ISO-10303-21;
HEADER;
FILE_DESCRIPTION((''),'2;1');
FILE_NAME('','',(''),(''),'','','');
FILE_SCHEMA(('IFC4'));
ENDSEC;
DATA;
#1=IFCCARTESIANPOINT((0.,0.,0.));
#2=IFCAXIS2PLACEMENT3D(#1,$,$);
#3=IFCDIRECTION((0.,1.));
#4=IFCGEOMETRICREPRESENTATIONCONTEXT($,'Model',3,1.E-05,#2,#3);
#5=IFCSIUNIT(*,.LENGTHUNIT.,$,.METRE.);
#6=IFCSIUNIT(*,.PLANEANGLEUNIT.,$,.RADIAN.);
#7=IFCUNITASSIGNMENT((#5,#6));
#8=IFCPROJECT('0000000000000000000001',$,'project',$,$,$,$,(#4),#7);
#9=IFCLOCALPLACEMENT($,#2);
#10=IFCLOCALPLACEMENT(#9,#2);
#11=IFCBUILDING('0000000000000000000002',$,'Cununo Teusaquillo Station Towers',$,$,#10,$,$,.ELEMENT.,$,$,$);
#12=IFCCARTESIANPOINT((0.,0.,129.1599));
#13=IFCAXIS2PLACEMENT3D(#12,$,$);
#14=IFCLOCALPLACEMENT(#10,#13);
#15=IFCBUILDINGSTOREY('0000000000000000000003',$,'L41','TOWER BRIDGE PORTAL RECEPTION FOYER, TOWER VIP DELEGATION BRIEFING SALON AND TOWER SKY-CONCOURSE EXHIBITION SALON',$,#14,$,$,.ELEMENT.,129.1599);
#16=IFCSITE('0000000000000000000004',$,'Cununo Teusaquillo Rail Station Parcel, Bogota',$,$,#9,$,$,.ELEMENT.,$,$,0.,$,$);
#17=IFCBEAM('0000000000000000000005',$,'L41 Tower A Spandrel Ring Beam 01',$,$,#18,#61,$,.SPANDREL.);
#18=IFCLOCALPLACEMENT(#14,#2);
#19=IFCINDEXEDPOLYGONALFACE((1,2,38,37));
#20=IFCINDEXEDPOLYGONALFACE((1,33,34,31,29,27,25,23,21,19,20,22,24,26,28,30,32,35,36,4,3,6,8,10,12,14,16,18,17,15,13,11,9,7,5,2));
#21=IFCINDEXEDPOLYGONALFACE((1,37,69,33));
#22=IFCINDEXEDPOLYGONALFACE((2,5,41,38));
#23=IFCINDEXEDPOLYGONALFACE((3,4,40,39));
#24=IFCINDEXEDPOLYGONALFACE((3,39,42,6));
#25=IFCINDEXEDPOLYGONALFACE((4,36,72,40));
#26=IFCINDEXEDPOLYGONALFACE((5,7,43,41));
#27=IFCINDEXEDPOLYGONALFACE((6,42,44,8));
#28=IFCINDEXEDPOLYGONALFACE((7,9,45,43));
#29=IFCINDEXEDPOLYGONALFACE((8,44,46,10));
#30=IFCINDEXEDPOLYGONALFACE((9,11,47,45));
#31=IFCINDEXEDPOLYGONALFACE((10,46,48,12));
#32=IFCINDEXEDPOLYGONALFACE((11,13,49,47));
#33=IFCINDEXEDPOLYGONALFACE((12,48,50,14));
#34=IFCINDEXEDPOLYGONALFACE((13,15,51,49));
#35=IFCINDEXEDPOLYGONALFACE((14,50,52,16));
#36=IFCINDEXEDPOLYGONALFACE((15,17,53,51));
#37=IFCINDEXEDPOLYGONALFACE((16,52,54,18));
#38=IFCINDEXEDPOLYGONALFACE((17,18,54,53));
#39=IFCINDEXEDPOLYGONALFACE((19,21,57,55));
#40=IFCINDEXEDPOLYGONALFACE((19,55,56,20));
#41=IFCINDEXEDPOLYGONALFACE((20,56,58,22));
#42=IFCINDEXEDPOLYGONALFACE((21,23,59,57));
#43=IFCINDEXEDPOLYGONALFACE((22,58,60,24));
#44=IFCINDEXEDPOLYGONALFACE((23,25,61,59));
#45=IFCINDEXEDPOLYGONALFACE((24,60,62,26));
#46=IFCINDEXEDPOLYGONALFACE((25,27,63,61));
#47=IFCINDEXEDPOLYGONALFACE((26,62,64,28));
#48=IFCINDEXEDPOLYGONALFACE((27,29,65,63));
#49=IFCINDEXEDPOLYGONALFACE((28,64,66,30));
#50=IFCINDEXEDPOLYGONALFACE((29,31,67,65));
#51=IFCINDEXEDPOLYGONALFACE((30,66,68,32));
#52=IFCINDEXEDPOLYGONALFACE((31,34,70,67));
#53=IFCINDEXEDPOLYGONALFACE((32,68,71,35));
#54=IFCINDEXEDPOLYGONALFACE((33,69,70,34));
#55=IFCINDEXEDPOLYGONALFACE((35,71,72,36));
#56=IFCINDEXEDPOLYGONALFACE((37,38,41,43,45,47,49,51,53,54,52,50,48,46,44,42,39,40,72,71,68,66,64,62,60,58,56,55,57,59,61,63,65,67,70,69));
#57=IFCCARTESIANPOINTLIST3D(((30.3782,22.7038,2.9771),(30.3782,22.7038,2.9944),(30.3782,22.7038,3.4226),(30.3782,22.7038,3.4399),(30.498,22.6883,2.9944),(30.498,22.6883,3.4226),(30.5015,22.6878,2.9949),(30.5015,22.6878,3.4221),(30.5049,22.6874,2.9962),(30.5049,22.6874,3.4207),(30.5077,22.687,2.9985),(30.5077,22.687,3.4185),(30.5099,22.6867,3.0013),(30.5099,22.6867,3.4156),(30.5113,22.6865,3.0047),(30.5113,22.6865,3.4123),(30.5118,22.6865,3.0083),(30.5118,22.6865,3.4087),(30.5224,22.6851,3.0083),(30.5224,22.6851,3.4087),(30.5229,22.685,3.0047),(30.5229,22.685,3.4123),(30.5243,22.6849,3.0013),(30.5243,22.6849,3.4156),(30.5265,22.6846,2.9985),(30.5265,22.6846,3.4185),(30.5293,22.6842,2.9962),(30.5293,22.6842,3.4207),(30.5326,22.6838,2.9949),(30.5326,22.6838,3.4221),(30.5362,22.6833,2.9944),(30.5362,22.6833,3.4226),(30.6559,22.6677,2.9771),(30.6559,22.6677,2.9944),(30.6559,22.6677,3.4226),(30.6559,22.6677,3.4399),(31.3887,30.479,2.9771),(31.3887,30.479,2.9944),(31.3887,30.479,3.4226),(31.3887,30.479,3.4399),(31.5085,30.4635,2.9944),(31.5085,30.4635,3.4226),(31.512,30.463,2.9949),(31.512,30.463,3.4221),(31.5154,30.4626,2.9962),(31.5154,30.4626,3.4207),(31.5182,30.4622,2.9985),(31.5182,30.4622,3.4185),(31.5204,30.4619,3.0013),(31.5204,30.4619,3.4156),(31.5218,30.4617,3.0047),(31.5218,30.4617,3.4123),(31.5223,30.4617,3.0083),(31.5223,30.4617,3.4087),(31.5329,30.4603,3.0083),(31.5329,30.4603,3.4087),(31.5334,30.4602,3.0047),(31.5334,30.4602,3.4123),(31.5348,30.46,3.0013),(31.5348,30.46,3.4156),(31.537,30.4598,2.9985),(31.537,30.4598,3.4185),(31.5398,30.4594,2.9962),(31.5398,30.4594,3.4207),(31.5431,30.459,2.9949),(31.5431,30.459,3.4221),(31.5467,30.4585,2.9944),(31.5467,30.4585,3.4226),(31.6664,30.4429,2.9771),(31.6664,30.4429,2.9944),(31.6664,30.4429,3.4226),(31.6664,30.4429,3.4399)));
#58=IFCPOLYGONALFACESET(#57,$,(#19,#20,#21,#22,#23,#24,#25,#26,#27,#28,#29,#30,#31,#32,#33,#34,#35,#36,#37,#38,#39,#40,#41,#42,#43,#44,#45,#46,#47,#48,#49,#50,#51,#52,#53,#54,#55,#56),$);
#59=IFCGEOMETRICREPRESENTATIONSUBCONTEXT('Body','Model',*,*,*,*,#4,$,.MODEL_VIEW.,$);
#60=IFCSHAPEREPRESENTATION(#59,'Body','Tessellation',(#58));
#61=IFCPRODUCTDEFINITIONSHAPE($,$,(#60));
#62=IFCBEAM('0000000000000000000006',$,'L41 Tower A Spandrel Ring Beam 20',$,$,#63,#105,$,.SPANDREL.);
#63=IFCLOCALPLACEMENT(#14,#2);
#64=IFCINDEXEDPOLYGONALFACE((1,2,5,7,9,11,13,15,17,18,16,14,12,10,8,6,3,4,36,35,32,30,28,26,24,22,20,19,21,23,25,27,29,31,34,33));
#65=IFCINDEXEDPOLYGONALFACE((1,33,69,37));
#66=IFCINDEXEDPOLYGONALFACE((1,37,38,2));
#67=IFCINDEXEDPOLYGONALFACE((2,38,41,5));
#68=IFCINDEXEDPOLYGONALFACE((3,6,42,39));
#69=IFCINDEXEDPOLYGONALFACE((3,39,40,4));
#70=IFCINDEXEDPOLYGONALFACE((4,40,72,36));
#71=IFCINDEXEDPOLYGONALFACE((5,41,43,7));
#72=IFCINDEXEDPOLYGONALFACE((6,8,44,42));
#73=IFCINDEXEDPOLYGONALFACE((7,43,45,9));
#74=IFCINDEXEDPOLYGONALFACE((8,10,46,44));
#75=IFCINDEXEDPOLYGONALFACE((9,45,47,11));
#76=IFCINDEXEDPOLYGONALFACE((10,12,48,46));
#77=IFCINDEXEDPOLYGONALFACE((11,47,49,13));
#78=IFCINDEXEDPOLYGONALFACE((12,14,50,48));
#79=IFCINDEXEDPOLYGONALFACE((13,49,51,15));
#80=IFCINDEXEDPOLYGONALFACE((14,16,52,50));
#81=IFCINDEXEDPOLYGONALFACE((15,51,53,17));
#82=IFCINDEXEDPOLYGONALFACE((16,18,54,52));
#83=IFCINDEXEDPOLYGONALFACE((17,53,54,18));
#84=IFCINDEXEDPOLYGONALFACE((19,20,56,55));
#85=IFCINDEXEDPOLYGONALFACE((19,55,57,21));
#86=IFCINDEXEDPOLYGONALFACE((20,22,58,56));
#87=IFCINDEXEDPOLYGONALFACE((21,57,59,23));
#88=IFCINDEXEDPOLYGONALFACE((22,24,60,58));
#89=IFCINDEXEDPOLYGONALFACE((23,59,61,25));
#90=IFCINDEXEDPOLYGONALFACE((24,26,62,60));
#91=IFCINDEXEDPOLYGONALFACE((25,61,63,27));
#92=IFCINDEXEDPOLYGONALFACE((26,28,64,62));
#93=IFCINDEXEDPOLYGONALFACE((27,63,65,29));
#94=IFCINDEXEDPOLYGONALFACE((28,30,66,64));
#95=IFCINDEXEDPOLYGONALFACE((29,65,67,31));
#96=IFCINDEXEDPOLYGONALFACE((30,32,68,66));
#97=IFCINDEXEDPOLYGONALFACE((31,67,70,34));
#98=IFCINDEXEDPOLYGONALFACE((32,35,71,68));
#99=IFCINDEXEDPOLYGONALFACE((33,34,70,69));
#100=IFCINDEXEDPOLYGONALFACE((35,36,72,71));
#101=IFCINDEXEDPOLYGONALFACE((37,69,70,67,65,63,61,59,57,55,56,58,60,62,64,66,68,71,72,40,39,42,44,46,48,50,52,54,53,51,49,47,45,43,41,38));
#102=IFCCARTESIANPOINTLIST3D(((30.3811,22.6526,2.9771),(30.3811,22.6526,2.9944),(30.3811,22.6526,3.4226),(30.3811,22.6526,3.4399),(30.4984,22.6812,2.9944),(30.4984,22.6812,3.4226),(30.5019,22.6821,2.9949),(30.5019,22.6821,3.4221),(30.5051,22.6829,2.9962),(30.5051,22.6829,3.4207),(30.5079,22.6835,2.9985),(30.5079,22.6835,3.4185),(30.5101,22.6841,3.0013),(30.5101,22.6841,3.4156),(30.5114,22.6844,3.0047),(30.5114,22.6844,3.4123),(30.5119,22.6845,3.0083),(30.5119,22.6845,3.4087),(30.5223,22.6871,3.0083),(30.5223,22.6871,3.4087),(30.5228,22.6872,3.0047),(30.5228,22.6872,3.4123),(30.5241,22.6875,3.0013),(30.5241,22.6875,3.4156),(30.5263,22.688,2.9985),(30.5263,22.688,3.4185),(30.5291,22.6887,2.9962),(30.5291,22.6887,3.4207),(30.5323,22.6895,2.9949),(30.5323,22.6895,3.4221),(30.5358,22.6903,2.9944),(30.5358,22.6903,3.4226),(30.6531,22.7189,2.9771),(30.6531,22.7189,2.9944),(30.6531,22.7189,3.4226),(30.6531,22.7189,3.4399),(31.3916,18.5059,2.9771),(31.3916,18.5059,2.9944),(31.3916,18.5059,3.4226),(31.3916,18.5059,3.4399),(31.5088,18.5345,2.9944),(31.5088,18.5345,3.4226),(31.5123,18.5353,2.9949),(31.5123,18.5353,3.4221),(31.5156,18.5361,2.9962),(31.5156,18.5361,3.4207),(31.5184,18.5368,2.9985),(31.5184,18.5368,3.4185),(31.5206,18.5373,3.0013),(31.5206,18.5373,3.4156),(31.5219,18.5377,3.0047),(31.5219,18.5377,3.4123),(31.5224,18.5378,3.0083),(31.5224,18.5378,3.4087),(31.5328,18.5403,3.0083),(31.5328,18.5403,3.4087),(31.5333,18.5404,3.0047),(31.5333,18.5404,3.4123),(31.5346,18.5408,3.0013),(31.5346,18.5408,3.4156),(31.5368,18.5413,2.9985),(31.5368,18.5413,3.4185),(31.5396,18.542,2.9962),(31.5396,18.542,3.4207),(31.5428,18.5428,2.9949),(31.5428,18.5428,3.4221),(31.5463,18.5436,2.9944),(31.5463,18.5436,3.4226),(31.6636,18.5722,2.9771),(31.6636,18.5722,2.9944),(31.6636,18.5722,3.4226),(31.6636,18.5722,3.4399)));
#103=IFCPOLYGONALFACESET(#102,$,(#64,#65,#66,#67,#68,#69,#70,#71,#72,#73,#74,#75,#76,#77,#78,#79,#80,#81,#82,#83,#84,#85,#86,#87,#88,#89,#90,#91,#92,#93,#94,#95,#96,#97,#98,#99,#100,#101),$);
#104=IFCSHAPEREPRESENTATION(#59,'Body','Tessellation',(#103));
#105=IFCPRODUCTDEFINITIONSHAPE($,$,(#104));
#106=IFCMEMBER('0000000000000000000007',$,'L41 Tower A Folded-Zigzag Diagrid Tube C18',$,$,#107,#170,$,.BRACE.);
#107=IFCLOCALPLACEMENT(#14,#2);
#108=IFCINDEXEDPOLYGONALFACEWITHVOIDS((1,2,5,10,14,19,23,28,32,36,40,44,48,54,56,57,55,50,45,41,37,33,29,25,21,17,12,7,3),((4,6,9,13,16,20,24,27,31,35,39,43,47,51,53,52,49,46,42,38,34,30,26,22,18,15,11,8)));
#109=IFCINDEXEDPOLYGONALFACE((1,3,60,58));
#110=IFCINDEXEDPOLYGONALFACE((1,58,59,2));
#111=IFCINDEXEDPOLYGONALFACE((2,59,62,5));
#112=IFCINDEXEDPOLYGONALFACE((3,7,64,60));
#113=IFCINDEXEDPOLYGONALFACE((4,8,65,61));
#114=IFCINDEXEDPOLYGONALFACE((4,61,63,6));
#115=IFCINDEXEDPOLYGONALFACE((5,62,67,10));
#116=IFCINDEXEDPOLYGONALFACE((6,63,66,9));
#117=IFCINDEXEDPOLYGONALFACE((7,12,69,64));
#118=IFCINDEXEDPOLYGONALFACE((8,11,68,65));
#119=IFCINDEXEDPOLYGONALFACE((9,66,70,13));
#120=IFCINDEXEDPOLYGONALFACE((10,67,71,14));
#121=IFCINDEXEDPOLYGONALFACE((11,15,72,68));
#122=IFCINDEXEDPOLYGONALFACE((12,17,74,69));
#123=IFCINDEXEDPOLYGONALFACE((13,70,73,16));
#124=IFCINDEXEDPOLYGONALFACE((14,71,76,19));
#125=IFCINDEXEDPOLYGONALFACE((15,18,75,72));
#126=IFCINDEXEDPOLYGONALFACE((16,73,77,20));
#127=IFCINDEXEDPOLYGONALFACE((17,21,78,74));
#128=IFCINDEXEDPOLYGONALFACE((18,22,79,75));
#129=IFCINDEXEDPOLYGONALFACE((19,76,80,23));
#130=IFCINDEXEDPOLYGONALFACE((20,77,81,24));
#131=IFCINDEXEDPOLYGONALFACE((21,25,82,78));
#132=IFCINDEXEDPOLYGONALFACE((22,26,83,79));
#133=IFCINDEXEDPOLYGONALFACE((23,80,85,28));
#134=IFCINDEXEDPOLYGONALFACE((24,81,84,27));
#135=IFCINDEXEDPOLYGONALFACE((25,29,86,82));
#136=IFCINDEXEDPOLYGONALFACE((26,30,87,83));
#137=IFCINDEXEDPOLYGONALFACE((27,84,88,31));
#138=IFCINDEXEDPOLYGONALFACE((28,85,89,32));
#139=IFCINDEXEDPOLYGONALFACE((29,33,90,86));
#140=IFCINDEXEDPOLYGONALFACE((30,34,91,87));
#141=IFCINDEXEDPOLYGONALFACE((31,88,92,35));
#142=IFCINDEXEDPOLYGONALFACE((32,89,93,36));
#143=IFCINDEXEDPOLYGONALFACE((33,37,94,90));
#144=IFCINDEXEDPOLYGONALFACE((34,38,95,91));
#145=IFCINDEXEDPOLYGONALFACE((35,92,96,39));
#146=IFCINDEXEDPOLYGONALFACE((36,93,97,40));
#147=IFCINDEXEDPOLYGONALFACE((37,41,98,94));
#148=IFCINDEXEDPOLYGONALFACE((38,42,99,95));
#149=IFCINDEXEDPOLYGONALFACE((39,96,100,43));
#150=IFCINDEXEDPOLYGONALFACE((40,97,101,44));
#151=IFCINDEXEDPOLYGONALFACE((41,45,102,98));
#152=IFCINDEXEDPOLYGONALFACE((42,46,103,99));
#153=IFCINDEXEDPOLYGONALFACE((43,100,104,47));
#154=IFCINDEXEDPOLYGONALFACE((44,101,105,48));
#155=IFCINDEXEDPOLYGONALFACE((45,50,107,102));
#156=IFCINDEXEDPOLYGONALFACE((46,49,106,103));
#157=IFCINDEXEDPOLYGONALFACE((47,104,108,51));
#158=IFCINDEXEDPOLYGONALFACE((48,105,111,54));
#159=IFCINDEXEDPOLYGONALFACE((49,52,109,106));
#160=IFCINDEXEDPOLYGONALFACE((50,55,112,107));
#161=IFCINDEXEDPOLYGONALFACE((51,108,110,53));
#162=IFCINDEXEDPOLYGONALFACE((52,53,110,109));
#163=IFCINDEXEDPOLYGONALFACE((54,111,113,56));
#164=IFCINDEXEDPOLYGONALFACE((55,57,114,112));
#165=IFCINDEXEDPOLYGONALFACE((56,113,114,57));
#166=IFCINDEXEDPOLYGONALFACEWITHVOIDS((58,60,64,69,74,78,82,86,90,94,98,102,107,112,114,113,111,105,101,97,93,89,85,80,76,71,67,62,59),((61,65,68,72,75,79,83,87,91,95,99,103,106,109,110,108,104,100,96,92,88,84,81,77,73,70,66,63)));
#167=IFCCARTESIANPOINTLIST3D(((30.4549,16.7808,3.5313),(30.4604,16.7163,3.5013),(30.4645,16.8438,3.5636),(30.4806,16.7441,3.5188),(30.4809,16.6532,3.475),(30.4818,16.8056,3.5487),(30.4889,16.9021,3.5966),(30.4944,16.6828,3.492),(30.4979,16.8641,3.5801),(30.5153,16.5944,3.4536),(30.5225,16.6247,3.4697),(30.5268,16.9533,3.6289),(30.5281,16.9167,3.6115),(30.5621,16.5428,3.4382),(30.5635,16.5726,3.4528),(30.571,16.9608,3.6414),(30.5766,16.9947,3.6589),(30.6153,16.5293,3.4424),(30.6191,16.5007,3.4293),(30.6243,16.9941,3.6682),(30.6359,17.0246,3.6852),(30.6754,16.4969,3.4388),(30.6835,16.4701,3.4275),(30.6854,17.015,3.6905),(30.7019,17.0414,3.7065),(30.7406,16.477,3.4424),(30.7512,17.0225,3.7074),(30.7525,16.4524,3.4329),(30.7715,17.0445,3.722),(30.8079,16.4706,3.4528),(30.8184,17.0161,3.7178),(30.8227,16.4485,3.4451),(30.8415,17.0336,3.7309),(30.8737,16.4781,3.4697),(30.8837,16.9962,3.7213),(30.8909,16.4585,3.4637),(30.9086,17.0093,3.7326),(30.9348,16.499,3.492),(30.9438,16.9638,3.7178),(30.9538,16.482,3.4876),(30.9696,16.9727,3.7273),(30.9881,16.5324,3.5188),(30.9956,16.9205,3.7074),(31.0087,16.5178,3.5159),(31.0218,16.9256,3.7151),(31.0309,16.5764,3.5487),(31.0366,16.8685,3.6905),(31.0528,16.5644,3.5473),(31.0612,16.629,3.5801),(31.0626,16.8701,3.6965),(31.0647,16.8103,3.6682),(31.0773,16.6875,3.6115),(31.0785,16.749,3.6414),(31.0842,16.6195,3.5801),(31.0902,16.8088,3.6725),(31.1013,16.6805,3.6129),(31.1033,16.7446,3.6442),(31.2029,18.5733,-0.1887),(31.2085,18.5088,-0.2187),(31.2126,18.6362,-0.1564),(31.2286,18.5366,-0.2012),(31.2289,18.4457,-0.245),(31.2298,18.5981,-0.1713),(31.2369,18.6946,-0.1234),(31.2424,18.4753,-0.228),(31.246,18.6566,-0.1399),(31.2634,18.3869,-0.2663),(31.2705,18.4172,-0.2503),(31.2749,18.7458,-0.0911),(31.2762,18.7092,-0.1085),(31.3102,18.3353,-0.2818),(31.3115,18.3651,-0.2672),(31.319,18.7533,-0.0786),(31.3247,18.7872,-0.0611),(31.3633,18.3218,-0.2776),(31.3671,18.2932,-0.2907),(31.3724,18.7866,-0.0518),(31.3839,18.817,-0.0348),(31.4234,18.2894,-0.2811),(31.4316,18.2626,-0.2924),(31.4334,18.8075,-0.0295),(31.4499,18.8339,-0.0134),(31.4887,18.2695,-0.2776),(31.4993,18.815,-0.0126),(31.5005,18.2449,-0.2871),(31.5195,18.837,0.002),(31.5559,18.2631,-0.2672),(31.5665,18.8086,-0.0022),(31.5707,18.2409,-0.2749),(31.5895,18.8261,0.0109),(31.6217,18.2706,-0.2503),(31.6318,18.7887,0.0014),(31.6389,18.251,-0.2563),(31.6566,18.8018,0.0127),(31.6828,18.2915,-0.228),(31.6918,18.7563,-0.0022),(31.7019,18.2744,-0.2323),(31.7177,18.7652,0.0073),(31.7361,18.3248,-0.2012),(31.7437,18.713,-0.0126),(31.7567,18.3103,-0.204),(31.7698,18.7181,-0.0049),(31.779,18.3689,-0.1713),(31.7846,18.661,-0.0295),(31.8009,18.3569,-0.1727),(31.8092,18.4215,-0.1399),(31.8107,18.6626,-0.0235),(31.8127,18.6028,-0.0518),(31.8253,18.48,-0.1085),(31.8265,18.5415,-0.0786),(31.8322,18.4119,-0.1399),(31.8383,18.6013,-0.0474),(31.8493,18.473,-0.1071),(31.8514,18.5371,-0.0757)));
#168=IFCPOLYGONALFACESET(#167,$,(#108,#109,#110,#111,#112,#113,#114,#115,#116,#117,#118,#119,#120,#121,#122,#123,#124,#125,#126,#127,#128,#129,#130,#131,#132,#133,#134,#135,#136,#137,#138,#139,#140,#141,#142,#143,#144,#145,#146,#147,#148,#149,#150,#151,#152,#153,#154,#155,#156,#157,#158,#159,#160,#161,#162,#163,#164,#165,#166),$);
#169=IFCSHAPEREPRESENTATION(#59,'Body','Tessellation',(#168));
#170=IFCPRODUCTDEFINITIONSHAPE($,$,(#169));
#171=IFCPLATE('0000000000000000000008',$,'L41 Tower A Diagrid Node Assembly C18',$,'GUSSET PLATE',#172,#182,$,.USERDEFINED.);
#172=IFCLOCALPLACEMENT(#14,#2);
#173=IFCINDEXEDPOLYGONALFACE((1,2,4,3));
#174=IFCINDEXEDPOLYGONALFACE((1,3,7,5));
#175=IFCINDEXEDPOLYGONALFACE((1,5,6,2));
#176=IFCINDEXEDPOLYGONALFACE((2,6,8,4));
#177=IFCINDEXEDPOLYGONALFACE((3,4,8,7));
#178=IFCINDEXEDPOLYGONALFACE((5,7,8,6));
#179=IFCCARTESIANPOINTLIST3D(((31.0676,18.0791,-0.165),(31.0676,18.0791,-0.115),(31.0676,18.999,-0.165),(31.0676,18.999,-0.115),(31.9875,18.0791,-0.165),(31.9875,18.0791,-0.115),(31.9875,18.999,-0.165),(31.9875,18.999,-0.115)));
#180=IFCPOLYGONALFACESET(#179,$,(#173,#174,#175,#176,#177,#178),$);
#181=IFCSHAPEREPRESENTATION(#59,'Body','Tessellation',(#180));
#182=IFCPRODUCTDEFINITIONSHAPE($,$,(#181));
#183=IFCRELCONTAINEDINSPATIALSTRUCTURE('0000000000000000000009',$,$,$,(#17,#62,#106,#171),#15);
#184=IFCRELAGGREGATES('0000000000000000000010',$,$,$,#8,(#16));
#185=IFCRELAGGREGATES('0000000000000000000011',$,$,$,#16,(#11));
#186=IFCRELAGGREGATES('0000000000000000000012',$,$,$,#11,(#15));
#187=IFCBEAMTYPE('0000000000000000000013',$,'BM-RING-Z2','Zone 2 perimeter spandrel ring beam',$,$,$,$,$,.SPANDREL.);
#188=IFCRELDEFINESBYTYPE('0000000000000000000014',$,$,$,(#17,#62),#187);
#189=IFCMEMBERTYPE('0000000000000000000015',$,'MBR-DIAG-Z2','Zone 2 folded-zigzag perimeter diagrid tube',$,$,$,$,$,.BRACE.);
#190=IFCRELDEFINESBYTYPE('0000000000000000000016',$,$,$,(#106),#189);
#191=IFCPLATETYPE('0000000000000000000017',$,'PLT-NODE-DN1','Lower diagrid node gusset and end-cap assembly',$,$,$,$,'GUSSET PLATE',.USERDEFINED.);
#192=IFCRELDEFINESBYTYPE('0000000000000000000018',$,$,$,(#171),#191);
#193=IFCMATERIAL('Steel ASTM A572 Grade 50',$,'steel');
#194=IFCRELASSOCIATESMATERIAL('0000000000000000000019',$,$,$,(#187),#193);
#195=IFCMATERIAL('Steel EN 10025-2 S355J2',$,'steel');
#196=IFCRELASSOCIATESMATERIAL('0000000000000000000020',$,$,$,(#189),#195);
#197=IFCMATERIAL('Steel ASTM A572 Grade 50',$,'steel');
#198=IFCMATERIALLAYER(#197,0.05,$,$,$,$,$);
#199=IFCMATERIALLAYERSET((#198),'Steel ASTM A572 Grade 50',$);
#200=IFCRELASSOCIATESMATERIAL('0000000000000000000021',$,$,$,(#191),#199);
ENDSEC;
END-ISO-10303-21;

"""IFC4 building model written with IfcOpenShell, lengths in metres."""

from ifc_helpers import new_model, si_unit, direction, frame, origin, origin_2d, place, context, subcontext, project, spatial, rectangle, hollow_circle, i_section, extrude, source, transform, mapped, material, layer, layer_set, material_profile, profile_set, type_object, element, save


model = new_model("IFC4")

# Units and contexts
model_context = context("Model", 3, precision=1e-05, world=origin(), true_north=direction((0.0, 1.0)))
body_context = subcontext(model_context, "Body", "Model", "MODEL_VIEW")
ifc_project = project(units=[si_unit("LENGTHUNIT", "METRE"), si_unit("PLANEANGLEUNIT", "RADIAN")], contexts=[model_context])

# Site, building, storey
site_placement = place(None, origin())
site = spatial("IfcSite", under=ifc_project, at=site_placement, Name="Cununo Teusaquillo Rail Station Parcel, Bogota", CompositionType="ELEMENT", RefElevation=0.0)
building_placement = place(site_placement, origin())
building = spatial("IfcBuilding", under=site, at=building_placement, Name="Cununo Teusaquillo Station Towers", CompositionType="ELEMENT")
storey_placement = place(building_placement, frame((0.0, 0.0, 129.1599)))
storey = spatial("IfcBuildingStorey", under=building, at=storey_placement, Name="L41", Description="TOWER BRIDGE PORTAL RECEPTION FOYER, TOWER VIP DELEGATION BRIEFING SALON AND TOWER SKY-CONCOURSE EXHIBITION SALON", CompositionType="ELEMENT", Elevation=129.1599)

# Beams
ifc_material_1 = material(Name="Steel ASTM A572 Grade 50", Category="steel")
ifc_material_profile_1 = material_profile(ifc_material_1, i_section(OverallWidth=0.28, OverallDepth=0.4629, WebThickness=0.0107, FlangeThickness=0.0173, FilletRadius=0.0139, at=origin_2d()), Name="W18X76")
ifc_profile_set_1 = profile_set([ifc_material_profile_1], Name="Steel ASTM A572 Grade 50")
beam_type_1 = type_object("IfcBeamType", Name="BM-RING-Z2", Description="Zone 2 perimeter spandrel ring beam", PredefinedType="SPANDREL", material=ifc_profile_set_1)
beam_1_placement = place(storey_placement, frame((30.5171, 22.6858, 3.2085), z_axis=(0.128881, 0.99166, 0.0), x_axis=(-0.99166, 0.128881, 0.0)))
element("IfcBeam", 1, at=beam_1_placement, inside=storey, type_object=beam_type_1, Name="L41 Tower A Spandrel Ring Beam 01", PredefinedType="SPANDREL", context=body_context, shape_type="SweptSolid", body=[
    extrude(i_section(OverallWidth=0.28, OverallDepth=0.4629, WebThickness=0.0107, FlangeThickness=0.0173, FilletRadius=0.0139, at=origin_2d()), origin(), (0.0, 0.0, 1.0), 7.8406),
])
beam_2_placement = place(storey_placement, frame((31.5276, 18.5391, 3.2085), z_axis=(-0.236757, 0.971569, 0.0), x_axis=(-0.971569, -0.236757, 0.0)))
element("IfcBeam", 2, at=beam_2_placement, inside=storey, type_object=beam_type_1, Name="L41 Tower A Spandrel Ring Beam 20", PredefinedType="SPANDREL", context=body_context, shape_type="SweptSolid", body=[
    extrude(i_section(OverallWidth=0.28, OverallDepth=0.4629, WebThickness=0.0107, FlangeThickness=0.0173, FilletRadius=0.0139, at=origin_2d()), origin(), (0.0, 0.0, 1.0), 4.2681),
])

# Member
ifc_material_2 = material(Name="Steel EN 10025-2 S355J2", Category="steel")
ifc_material_profile_2 = material_profile(ifc_material_2, hollow_circle(Radius=0.3301, WallThickness=0.0249, at=origin_2d()), Name="CHS 660x25")
ifc_profile_set_2 = profile_set([ifc_material_profile_2], Name="Steel EN 10025-2 S355J2")
member_type = type_object("IfcMemberType", Name="MBR-DIAG-Z2", Description="Zone 2 folded-zigzag perimeter diagrid tube", PredefinedType="BRACE", material=ifc_profile_set_2)
member_placement = place(storey_placement, frame((31.5276, 18.5391, -0.1399), z_axis=(-0.178254, -0.427135, 0.886443), x_axis=(0.922861, -0.385133, 0.0)))
element("IfcMember", 3, at=member_placement, inside=storey, type_object=member_type, Name="L41 Tower A Folded-Zigzag Diagrid Tube C18", PredefinedType="BRACE", context=body_context, shape_type="SweptSolid", body=[
    extrude(hollow_circle(Radius=0.3301, WallThickness=0.0249, at=origin_2d()), origin(), (0.0, 0.0, 1.0), 4.1965),
])

# Plate
ifc_material_3 = material(Name="Steel ASTM A572 Grade 50", Category="steel")
ifc_layer_1 = layer(ifc_material_3, 0.05)
ifc_layer_set_1 = layer_set([ifc_layer_1], Name="Steel ASTM A572 Grade 50")
plate_type = type_object("IfcPlateType", Name="PLT-NODE-DN1", Description="Lower diagrid node gusset and end-cap assembly", ElementType="GUSSET PLATE", PredefinedType="USERDEFINED", material=ifc_layer_set_1)
shared_shape_1 = source(origin(), body_context, "Body", "SweptSolid", [
    extrude(rectangle(XDim=0.9199, YDim=0.9199, at=origin_2d()), origin(), (0.0, 0.0, 1.0), 0.05),
])
plate_placement = place(storey_placement, frame((31.5276, 18.5391, -0.165), z_axis=(0.0, 0.0, 1.0), x_axis=(1.0, 0.0, 0.0)))
element("IfcPlate", 4, at=plate_placement, inside=storey, type_object=plate_type, Name="L41 Tower A Diagrid Node Assembly C18", ObjectType="GUSSET PLATE", PredefinedType="USERDEFINED", context=body_context, shape_type="MappedRepresentation", body=[
    mapped(shared_shape_1, transform((0.0, 0.0, 0.0), x_axis=(1.0, 0.0, 0.0), y_axis=(0.0, 1.0, 0.0), z_axis=(0.0, 0.0, 1.0), scale=1.0)),
])

save(model, "model.ifc")
